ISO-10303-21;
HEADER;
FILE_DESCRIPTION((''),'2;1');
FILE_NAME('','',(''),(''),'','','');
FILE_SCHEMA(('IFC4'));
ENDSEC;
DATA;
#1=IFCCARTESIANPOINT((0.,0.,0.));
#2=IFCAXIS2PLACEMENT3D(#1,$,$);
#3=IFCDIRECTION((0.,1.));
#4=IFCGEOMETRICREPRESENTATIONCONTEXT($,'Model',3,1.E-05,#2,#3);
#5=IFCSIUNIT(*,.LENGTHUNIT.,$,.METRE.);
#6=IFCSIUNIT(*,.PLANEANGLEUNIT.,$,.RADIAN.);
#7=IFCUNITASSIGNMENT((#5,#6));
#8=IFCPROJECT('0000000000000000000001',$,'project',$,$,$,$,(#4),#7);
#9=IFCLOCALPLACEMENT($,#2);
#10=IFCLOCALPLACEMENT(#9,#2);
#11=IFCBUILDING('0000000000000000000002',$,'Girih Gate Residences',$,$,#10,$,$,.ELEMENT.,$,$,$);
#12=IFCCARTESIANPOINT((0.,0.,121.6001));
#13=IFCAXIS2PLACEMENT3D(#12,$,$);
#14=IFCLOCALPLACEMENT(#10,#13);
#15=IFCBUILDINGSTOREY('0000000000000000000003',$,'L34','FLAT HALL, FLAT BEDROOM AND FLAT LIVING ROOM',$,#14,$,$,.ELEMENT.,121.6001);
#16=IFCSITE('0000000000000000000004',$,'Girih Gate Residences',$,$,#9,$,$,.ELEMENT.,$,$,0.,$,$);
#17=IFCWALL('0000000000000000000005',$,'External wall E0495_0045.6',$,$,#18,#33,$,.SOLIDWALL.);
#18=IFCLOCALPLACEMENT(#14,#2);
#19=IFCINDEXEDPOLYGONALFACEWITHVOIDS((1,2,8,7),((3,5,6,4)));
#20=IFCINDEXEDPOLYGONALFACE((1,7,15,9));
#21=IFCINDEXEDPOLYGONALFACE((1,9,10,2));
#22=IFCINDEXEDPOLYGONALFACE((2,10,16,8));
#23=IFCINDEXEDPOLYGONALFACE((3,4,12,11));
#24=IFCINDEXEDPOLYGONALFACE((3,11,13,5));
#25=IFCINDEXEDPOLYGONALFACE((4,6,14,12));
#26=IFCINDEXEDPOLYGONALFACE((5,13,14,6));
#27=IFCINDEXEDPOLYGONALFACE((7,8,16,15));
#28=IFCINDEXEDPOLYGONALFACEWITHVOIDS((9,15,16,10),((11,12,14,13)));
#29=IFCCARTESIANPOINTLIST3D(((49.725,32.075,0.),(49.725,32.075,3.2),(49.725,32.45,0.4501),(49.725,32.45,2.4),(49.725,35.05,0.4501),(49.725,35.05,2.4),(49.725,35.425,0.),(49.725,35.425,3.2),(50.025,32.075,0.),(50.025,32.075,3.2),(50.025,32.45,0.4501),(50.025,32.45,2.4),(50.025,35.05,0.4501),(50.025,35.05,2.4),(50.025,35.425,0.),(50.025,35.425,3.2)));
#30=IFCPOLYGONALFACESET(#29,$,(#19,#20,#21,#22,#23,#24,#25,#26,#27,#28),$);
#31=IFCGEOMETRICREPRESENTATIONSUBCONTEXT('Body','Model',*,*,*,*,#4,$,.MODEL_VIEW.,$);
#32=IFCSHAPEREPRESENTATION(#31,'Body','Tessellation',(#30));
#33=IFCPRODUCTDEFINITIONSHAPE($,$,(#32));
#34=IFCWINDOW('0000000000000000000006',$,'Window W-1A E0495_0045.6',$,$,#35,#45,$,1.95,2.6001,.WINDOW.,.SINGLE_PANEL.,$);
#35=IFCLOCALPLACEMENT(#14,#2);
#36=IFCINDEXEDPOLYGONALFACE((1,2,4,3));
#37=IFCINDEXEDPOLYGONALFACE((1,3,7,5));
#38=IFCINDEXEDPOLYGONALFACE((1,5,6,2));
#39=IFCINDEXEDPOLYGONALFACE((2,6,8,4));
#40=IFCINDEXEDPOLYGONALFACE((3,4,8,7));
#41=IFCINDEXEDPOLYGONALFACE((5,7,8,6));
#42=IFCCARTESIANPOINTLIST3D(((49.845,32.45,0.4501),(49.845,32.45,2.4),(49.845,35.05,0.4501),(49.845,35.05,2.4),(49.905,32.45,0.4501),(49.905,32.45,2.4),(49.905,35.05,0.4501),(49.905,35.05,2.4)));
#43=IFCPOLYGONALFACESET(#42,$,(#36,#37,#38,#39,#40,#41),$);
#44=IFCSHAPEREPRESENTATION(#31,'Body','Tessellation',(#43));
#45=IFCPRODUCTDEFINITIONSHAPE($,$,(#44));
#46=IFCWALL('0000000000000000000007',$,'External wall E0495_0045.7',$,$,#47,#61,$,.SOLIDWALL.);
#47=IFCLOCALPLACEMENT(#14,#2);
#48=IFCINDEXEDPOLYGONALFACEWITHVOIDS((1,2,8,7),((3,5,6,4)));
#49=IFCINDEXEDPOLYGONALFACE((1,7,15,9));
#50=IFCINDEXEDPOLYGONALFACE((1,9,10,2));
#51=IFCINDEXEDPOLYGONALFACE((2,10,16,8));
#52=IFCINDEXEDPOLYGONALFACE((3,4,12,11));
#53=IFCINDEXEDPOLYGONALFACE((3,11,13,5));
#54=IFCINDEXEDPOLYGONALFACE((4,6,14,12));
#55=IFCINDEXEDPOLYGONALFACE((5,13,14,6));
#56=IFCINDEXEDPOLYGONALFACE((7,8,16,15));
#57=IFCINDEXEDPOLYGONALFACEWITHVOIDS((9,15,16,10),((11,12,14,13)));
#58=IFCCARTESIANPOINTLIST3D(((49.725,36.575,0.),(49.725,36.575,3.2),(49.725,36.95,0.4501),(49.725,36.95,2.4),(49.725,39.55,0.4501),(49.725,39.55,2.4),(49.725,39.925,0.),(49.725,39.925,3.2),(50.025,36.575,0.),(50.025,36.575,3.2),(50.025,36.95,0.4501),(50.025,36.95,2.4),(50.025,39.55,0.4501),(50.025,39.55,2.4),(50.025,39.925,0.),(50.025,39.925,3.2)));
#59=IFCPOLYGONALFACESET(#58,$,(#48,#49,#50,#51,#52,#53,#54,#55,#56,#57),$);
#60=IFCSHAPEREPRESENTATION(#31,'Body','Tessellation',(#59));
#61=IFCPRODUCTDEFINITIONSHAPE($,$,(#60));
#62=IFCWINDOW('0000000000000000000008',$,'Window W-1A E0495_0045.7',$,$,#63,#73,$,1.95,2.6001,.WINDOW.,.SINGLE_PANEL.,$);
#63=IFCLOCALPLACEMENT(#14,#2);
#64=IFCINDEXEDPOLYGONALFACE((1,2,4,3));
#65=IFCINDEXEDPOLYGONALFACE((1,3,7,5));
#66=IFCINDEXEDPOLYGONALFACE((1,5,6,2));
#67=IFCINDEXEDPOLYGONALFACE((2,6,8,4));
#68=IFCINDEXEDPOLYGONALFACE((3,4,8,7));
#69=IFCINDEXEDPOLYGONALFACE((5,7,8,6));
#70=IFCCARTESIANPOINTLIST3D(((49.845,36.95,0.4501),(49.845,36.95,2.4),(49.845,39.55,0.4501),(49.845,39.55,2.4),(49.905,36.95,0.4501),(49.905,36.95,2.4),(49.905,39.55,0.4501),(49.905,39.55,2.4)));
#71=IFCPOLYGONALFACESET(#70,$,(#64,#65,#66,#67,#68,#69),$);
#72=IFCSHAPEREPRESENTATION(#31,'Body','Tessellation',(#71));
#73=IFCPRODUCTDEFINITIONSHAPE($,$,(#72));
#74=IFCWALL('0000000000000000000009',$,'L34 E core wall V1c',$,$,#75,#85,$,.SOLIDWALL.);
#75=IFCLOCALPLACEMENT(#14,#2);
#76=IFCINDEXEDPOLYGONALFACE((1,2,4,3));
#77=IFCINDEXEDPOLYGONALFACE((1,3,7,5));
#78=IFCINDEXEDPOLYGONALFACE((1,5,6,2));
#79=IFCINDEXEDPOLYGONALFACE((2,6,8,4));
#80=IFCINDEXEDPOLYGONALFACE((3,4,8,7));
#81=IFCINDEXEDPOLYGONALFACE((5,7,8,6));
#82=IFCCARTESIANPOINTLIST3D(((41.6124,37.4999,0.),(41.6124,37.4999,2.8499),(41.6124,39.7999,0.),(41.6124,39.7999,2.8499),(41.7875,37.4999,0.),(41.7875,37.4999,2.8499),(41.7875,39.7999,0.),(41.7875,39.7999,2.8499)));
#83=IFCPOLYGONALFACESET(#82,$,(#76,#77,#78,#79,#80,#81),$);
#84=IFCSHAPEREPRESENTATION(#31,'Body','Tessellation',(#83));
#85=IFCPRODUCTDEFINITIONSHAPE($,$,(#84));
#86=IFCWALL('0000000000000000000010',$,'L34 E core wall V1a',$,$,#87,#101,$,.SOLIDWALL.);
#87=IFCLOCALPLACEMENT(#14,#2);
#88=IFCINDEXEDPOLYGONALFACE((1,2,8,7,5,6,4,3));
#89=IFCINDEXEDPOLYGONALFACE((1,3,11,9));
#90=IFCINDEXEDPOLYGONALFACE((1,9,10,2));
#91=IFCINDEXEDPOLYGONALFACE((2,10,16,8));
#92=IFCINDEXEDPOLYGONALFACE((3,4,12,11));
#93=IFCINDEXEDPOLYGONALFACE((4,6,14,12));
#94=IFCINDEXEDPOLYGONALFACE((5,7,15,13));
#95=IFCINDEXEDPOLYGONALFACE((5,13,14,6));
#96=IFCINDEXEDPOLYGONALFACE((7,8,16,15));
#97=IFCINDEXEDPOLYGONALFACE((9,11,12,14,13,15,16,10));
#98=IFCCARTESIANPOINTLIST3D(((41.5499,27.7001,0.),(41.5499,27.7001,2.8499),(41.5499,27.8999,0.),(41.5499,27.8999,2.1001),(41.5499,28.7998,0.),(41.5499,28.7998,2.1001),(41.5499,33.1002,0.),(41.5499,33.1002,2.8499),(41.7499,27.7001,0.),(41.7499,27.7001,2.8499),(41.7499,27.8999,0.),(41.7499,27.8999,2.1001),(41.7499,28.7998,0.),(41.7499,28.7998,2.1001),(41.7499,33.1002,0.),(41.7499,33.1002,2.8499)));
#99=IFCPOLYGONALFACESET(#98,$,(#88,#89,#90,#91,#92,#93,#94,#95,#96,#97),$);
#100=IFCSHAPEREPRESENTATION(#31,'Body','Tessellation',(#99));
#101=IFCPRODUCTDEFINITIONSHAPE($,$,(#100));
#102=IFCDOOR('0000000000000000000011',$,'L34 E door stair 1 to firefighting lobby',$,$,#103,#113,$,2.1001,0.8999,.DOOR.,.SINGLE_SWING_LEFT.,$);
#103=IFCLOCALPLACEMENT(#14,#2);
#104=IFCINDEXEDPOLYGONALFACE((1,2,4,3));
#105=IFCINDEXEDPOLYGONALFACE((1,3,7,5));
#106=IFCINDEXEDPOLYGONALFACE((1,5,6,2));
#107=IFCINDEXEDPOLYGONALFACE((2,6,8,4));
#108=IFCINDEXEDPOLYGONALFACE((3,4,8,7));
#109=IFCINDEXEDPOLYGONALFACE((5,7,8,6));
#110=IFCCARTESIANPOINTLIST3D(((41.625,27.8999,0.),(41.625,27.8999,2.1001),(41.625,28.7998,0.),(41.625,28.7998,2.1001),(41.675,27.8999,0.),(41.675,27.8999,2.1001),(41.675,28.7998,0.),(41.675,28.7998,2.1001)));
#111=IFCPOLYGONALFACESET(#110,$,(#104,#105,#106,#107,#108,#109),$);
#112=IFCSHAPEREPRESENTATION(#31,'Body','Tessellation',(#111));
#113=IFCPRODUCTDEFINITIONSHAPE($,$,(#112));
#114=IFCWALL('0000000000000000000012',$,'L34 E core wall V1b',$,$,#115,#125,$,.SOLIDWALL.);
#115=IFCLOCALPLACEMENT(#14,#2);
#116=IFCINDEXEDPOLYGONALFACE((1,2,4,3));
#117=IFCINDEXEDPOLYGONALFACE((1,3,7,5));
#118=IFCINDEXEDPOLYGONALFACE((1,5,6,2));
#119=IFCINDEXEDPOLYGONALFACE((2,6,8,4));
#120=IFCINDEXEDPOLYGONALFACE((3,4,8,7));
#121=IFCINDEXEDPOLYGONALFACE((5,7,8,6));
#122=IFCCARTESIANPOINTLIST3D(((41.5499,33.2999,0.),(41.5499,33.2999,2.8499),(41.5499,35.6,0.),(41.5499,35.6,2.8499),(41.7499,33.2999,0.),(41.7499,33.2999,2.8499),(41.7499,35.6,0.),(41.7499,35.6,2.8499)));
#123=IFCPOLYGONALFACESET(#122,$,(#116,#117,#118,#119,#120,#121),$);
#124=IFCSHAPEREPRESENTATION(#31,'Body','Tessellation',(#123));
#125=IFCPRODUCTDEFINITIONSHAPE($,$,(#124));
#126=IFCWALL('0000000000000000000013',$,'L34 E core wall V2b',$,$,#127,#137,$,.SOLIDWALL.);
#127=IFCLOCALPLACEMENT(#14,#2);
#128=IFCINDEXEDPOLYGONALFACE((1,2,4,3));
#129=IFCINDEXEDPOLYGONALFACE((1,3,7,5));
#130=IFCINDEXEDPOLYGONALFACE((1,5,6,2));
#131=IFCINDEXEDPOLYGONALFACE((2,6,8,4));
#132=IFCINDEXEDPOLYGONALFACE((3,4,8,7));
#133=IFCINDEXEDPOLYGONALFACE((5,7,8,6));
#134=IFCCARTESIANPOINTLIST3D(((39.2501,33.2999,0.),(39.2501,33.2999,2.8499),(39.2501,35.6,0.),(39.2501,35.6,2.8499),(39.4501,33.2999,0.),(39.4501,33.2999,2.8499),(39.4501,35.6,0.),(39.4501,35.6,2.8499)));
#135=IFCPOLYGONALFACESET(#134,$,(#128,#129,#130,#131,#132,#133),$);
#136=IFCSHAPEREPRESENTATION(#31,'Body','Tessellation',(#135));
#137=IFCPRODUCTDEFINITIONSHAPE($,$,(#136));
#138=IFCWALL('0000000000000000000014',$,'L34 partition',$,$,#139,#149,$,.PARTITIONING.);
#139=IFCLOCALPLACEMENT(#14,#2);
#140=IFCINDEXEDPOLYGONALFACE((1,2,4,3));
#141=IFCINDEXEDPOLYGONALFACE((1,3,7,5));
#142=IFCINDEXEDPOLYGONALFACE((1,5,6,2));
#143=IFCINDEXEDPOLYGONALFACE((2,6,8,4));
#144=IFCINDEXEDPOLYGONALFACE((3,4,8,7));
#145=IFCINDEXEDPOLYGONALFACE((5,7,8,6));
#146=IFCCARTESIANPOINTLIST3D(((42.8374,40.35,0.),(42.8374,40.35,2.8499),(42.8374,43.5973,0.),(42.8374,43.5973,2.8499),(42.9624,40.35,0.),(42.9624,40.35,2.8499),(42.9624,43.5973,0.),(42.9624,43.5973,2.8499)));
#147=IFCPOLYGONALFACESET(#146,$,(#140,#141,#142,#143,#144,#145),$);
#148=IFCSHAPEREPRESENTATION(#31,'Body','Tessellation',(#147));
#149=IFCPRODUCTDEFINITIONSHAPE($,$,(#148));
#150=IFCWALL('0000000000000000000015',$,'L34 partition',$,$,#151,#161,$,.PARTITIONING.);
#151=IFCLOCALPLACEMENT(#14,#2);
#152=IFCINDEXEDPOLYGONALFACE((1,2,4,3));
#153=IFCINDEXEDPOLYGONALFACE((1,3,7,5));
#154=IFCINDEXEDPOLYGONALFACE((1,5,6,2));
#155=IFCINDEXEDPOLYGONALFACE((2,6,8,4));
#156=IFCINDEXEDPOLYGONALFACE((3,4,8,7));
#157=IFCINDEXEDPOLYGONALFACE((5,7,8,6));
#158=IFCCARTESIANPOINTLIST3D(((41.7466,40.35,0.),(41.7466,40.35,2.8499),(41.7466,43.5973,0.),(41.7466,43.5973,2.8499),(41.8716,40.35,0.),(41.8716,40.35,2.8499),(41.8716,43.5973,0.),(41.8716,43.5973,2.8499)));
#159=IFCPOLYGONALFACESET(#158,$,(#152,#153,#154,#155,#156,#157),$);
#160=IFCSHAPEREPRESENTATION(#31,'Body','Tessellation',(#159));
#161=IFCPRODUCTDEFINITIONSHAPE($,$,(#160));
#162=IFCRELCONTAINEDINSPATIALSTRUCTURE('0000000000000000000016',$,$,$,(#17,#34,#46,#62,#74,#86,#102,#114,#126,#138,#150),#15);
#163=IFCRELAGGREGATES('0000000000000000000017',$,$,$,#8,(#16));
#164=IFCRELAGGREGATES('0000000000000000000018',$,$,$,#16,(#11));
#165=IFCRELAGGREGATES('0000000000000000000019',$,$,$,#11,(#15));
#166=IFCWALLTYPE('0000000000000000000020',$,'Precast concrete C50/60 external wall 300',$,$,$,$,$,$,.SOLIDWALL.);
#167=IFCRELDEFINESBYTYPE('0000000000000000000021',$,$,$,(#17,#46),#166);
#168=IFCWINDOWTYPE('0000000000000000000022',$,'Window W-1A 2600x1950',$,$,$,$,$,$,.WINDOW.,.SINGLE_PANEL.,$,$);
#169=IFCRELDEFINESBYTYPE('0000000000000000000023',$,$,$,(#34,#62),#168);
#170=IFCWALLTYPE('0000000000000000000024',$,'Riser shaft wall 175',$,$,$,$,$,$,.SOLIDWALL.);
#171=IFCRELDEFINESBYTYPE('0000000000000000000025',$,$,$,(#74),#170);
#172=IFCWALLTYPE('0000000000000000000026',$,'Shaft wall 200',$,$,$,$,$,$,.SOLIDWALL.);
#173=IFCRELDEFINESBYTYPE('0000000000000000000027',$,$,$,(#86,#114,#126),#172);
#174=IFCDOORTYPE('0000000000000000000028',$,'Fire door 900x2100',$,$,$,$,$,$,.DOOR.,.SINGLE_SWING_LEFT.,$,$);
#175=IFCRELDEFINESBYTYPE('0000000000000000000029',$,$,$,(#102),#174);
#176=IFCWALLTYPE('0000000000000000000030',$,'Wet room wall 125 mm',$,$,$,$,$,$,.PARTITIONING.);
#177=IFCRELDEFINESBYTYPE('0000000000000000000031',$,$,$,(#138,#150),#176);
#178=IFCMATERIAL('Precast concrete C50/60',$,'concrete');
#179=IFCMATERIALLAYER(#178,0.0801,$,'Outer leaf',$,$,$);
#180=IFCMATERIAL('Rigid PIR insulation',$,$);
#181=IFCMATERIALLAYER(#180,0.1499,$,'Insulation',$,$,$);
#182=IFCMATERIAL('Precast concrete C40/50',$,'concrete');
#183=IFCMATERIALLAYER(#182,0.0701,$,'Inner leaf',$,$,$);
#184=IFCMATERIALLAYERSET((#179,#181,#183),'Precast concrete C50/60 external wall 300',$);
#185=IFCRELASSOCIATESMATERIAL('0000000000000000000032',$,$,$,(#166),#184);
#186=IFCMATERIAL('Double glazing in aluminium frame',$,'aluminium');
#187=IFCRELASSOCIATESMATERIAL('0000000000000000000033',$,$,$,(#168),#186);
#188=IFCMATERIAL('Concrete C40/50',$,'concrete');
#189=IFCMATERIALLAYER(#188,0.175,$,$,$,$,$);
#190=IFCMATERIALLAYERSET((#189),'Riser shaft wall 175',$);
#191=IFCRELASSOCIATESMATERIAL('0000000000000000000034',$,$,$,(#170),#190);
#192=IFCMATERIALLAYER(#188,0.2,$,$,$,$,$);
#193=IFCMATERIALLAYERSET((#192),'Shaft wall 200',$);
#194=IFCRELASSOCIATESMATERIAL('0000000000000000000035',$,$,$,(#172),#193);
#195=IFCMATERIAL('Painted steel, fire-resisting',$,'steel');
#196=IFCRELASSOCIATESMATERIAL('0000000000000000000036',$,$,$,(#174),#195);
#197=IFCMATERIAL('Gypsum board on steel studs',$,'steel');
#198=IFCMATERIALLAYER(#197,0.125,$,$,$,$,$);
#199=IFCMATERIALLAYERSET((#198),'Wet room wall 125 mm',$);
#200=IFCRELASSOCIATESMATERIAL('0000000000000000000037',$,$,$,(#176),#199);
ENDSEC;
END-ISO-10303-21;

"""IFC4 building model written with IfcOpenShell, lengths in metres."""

from ifc_helpers import new_model, si_unit, direction, frame, frame_2d, origin, place, context, subcontext, project, spatial, rectangle, extrude, material, layer, layer_set, type_object, element, fill, save


model = new_model("IFC4")

# Units and contexts
model_context = context("Model", 3, precision=1e-05, world=origin(), true_north=direction((0.0, 1.0)))
body_context = subcontext(model_context, "Body", "Model", "MODEL_VIEW")
ifc_project = project(units=[si_unit("LENGTHUNIT", "METRE"), si_unit("PLANEANGLEUNIT", "RADIAN")], contexts=[model_context])

# Site, building, storey
site_placement = place(None, origin())
site = spatial("IfcSite", under=ifc_project, at=site_placement, Name="Girih Gate Residences", CompositionType="ELEMENT", RefElevation=0.0)
building_placement = place(site_placement, origin())
building = spatial("IfcBuilding", under=site, at=building_placement, Name="Girih Gate Residences", CompositionType="ELEMENT")
storey_placement = place(building_placement, frame((0.0, 0.0, 121.6001)))
storey = spatial("IfcBuildingStorey", under=building, at=storey_placement, Name="L34", Description="FLAT HALL, FLAT BEDROOM AND FLAT LIVING ROOM", CompositionType="ELEMENT", Elevation=121.6001)

# Shared definitions
ifc_material_1 = material(Name="Gypsum board on steel studs", Category="steel")

# Walls, openings, windows
ifc_material_2 = material(Name="Precast concrete C50/60", Category="concrete")
ifc_layer_1 = layer(ifc_material_2, 0.0801, Name="Outer leaf")
ifc_material_3 = material(Name="Rigid PIR insulation")
ifc_layer_2 = layer(ifc_material_3, 0.1499, Name="Insulation")
ifc_material_4 = material(Name="Precast concrete C40/50", Category="concrete")
ifc_layer_3 = layer(ifc_material_4, 0.0701, Name="Inner leaf")
ifc_layer_set_1 = layer_set([ifc_layer_1, ifc_layer_2, ifc_layer_3], Name="Precast concrete C50/60 external wall 300")
wall_type_1 = type_object("IfcWallType", Name="Precast concrete C50/60 external wall 300", PredefinedType="SOLIDWALL", material=ifc_layer_set_1)
ifc_material_5 = material(Name="Double glazing in aluminium frame", Category="aluminium")
window_type = type_object("IfcWindowType", Name="Window W-1A 2600x1950", PartitioningType="SINGLE_PANEL", PredefinedType="WINDOW", material=ifc_material_5)
wall_1_placement = place(storey_placement, frame((49.875, 35.425, 0.0), z_axis=(0.0, 0.0, 1.0), x_axis=(0.0, -1.0, 0.0)))
wall_1 = element("IfcWall", 1, at=wall_1_placement, inside=storey, type_object=wall_type_1, Name="External wall E0495_0045.6", PredefinedType="SOLIDWALL", context=body_context, shape_type="SweptSolid", body=[
    extrude(rectangle(XDim=3.3501, YDim=0.3, at=frame_2d((1.675, 0.0))), origin(), (0.0, 0.0, 1.0), 3.2),
])
opening_1_placement = place(wall_1_placement, frame((0.375, 0.0, 0.45)))
opening_1 = element("IfcOpeningElement", 2, at=opening_1_placement, cuts=wall_1, PredefinedType="OPENING", context=body_context, shape_type="SweptSolid", body=[
    extrude(rectangle(XDim=2.6001, YDim=1.95, at=frame_2d((1.3, 0.9751))), frame((0.0, 0.1599, 0.0), z_axis=(0.0, -1.0, 0.0), x_axis=(1.0, 0.0, 0.0)), (0.0, 0.0, 1.0), 0.3201),
])
window_1_placement = place(opening_1_placement, origin())
window_1 = element("IfcWindow", 3, at=window_1_placement, inside=storey, type_object=window_type, Name="Window W-1A E0495_0045.6", OverallHeight=1.95, OverallWidth=2.6001, PartitioningType="SINGLE_PANEL", PredefinedType="WINDOW", context=body_context, shape_type="SweptSolid", body=[
    extrude(rectangle(XDim=2.6001, YDim=1.95, at=frame_2d((1.3, 0.9751))), frame((0.0, 0.03, 0.0), z_axis=(0.0, -1.0, 0.0), x_axis=(1.0, 0.0, 0.0)), (0.0, 0.0, 1.0), 0.0601),
])
fill(opening_1, window_1)
wall_2_placement = place(storey_placement, frame((49.875, 39.925, 0.0), z_axis=(0.0, 0.0, 1.0), x_axis=(0.0, -1.0, 0.0)))
wall_2 = element("IfcWall", 4, at=wall_2_placement, inside=storey, type_object=wall_type_1, Name="External wall E0495_0045.7", PredefinedType="SOLIDWALL", context=body_context, shape_type="SweptSolid", body=[
    extrude(rectangle(XDim=3.3501, YDim=0.3, at=frame_2d((1.675, 0.0))), origin(), (0.0, 0.0, 1.0), 3.2),
])
opening_2_placement = place(wall_2_placement, frame((0.375, 0.0, 0.45)))
opening_2 = element("IfcOpeningElement", 5, at=opening_2_placement, cuts=wall_2, PredefinedType="OPENING", context=body_context, shape_type="SweptSolid", body=[
    extrude(rectangle(XDim=2.6001, YDim=1.95, at=frame_2d((1.3, 0.9751))), frame((0.0, 0.1599, 0.0), z_axis=(0.0, -1.0, 0.0), x_axis=(1.0, 0.0, 0.0)), (0.0, 0.0, 1.0), 0.3201),
])
window_2_placement = place(opening_2_placement, origin())
window_2 = element("IfcWindow", 6, at=window_2_placement, inside=storey, type_object=window_type, Name="Window W-1A E0495_0045.7", OverallHeight=1.95, OverallWidth=2.6001, PartitioningType="SINGLE_PANEL", PredefinedType="WINDOW", context=body_context, shape_type="SweptSolid", body=[
    extrude(rectangle(XDim=2.6001, YDim=1.95, at=frame_2d((1.3, 0.9751))), frame((0.0, 0.03, 0.0), z_axis=(0.0, -1.0, 0.0), x_axis=(1.0, 0.0, 0.0)), (0.0, 0.0, 1.0), 0.0601),
])
fill(opening_2, window_2)

# Wall
ifc_material_6 = material(Name="Concrete C40/50", Category="concrete")
ifc_layer_4 = layer(ifc_material_6, 0.175)
ifc_layer_set_2 = layer_set([ifc_layer_4], Name="Riser shaft wall 175")
wall_type_2 = type_object("IfcWallType", Name="Riser shaft wall 175", PredefinedType="SOLIDWALL", material=ifc_layer_set_2)
wall_3_placement = place(storey_placement, frame((41.7, 37.5, 0.0), z_axis=(0.0, 0.0, 1.0), x_axis=(0.0, 1.0, 0.0)))
element("IfcWall", 7, at=wall_3_placement, inside=storey, type_object=wall_type_2, Name="L34 E core wall V1c", PredefinedType="SOLIDWALL", context=body_context, shape_type="SweptSolid", body=[
    extrude(rectangle(XDim=2.3, YDim=0.175, at=frame_2d((1.1499, 0.0))), origin(), (0.0, 0.0, 1.0), 2.8499),
])

# Wall, opening, door
ifc_layer_5 = layer(ifc_material_6, 0.2)
ifc_layer_set_3 = layer_set([ifc_layer_5], Name="Shaft wall 200")
wall_type_3 = type_object("IfcWallType", Name="Shaft wall 200", PredefinedType="SOLIDWALL", material=ifc_layer_set_3)
wall_4_placement = place(storey_placement, frame((41.6499, 27.7, 0.0), z_axis=(0.0, 0.0, 1.0), x_axis=(0.0, 1.0, 0.0)))
wall_4 = element("IfcWall", 8, at=wall_4_placement, inside=storey, type_object=wall_type_3, Name="L34 E core wall V1a", PredefinedType="SOLIDWALL", context=body_context, shape_type="SweptSolid", body=[
    extrude(rectangle(XDim=5.4001, YDim=0.2, at=frame_2d((2.7002, 0.0))), origin(), (0.0, 0.0, 1.0), 2.8499),
])
opening_3_placement = place(wall_4_placement, frame((0.2, 0.0, 0.0)))
opening_3 = element("IfcOpeningElement", 9, at=opening_3_placement, cuts=wall_4, PredefinedType="OPENING", context=body_context, shape_type="SweptSolid", body=[
    extrude(rectangle(XDim=0.8999, YDim=2.1001, at=frame_2d((0.45, 1.05))), frame((0.0, 0.1099, 0.0), z_axis=(0.0, -1.0, 0.0), x_axis=(1.0, 0.0, 0.0)), (0.0, 0.0, 1.0), 0.22),
])
ifc_material_7 = material(Name="Painted steel, fire-resisting", Category="steel")
door_type_1 = type_object("IfcDoorType", Name="Fire door 900x2100", OperationType="SINGLE_SWING_LEFT", PredefinedType="DOOR", material=ifc_material_7)
door_1_placement = place(opening_3_placement, origin())
door_1 = element("IfcDoor", 10, at=door_1_placement, inside=storey, type_object=door_type_1, Name="L34 E door stair 1 to firefighting lobby", OperationType="SINGLE_SWING_LEFT", OverallHeight=2.1001, OverallWidth=0.8999, PredefinedType="DOOR", context=body_context, shape_type="SweptSolid", body=[
    extrude(rectangle(XDim=0.8999, YDim=2.1001, at=frame_2d((0.45, 1.05))), frame((0.0, 0.0249, 0.0), z_axis=(0.0, -1.0, 0.0), x_axis=(1.0, 0.0, 0.0)), (0.0, 0.0, 1.0), 0.05),
])
fill(opening_3, door_1)

# Walls
for number, where, z_axis, x_axis, name in (
    (11, (41.6499, 33.3, 0.0), (0.0, 0.0, 1.0), (0.0, 1.0, 0.0), "L34 E core wall V1b"),
    (12, (39.3501, 33.3, 0.0), (0.0, 0.0, 1.0), (0.0, 1.0, 0.0), "L34 E core wall V2b"),
):
    element("IfcWall", number, at=place(storey_placement, frame(where, z_axis=z_axis, x_axis=x_axis)), inside=storey, type_object=wall_type_3, Name=name, PredefinedType="SOLIDWALL", context=body_context, shape_type="SweptSolid", body=[
        extrude(rectangle(XDim=2.3, YDim=0.2, at=frame_2d((1.1499, 0.0))), origin(), (0.0, 0.0, 1.0), 2.8499),
    ])
ifc_layer_6 = layer(ifc_material_1, 0.125)
ifc_layer_set_4 = layer_set([ifc_layer_6], Name="Wet room wall 125 mm")
wall_type_4 = type_object("IfcWallType", Name="Wet room wall 125 mm", PredefinedType="PARTITIONING", material=ifc_layer_set_4)
for number, where, z_axis, x_axis, name in (
    (13, (42.8999, 40.3501, 0.0), (0.0, 0.0, 1.0), (0.0, 1.0, 0.0), "L34 partition"),
    (14, (41.8091, 40.3501, 0.0), (0.0, 0.0, 1.0), (0.0, 1.0, 0.0), "L34 partition"),
):
    element("IfcWall", number, at=place(storey_placement, frame(where, z_axis=z_axis, x_axis=x_axis)), inside=storey, type_object=wall_type_4, Name=name, PredefinedType="PARTITIONING", context=body_context, shape_type="SweptSolid", body=[
        extrude(rectangle(XDim=3.2473, YDim=0.125, at=frame_2d((1.6235, 0.0))), origin(), (0.0, 0.0, 1.0), 2.8499),
    ])

save(model, "model.ifc")
